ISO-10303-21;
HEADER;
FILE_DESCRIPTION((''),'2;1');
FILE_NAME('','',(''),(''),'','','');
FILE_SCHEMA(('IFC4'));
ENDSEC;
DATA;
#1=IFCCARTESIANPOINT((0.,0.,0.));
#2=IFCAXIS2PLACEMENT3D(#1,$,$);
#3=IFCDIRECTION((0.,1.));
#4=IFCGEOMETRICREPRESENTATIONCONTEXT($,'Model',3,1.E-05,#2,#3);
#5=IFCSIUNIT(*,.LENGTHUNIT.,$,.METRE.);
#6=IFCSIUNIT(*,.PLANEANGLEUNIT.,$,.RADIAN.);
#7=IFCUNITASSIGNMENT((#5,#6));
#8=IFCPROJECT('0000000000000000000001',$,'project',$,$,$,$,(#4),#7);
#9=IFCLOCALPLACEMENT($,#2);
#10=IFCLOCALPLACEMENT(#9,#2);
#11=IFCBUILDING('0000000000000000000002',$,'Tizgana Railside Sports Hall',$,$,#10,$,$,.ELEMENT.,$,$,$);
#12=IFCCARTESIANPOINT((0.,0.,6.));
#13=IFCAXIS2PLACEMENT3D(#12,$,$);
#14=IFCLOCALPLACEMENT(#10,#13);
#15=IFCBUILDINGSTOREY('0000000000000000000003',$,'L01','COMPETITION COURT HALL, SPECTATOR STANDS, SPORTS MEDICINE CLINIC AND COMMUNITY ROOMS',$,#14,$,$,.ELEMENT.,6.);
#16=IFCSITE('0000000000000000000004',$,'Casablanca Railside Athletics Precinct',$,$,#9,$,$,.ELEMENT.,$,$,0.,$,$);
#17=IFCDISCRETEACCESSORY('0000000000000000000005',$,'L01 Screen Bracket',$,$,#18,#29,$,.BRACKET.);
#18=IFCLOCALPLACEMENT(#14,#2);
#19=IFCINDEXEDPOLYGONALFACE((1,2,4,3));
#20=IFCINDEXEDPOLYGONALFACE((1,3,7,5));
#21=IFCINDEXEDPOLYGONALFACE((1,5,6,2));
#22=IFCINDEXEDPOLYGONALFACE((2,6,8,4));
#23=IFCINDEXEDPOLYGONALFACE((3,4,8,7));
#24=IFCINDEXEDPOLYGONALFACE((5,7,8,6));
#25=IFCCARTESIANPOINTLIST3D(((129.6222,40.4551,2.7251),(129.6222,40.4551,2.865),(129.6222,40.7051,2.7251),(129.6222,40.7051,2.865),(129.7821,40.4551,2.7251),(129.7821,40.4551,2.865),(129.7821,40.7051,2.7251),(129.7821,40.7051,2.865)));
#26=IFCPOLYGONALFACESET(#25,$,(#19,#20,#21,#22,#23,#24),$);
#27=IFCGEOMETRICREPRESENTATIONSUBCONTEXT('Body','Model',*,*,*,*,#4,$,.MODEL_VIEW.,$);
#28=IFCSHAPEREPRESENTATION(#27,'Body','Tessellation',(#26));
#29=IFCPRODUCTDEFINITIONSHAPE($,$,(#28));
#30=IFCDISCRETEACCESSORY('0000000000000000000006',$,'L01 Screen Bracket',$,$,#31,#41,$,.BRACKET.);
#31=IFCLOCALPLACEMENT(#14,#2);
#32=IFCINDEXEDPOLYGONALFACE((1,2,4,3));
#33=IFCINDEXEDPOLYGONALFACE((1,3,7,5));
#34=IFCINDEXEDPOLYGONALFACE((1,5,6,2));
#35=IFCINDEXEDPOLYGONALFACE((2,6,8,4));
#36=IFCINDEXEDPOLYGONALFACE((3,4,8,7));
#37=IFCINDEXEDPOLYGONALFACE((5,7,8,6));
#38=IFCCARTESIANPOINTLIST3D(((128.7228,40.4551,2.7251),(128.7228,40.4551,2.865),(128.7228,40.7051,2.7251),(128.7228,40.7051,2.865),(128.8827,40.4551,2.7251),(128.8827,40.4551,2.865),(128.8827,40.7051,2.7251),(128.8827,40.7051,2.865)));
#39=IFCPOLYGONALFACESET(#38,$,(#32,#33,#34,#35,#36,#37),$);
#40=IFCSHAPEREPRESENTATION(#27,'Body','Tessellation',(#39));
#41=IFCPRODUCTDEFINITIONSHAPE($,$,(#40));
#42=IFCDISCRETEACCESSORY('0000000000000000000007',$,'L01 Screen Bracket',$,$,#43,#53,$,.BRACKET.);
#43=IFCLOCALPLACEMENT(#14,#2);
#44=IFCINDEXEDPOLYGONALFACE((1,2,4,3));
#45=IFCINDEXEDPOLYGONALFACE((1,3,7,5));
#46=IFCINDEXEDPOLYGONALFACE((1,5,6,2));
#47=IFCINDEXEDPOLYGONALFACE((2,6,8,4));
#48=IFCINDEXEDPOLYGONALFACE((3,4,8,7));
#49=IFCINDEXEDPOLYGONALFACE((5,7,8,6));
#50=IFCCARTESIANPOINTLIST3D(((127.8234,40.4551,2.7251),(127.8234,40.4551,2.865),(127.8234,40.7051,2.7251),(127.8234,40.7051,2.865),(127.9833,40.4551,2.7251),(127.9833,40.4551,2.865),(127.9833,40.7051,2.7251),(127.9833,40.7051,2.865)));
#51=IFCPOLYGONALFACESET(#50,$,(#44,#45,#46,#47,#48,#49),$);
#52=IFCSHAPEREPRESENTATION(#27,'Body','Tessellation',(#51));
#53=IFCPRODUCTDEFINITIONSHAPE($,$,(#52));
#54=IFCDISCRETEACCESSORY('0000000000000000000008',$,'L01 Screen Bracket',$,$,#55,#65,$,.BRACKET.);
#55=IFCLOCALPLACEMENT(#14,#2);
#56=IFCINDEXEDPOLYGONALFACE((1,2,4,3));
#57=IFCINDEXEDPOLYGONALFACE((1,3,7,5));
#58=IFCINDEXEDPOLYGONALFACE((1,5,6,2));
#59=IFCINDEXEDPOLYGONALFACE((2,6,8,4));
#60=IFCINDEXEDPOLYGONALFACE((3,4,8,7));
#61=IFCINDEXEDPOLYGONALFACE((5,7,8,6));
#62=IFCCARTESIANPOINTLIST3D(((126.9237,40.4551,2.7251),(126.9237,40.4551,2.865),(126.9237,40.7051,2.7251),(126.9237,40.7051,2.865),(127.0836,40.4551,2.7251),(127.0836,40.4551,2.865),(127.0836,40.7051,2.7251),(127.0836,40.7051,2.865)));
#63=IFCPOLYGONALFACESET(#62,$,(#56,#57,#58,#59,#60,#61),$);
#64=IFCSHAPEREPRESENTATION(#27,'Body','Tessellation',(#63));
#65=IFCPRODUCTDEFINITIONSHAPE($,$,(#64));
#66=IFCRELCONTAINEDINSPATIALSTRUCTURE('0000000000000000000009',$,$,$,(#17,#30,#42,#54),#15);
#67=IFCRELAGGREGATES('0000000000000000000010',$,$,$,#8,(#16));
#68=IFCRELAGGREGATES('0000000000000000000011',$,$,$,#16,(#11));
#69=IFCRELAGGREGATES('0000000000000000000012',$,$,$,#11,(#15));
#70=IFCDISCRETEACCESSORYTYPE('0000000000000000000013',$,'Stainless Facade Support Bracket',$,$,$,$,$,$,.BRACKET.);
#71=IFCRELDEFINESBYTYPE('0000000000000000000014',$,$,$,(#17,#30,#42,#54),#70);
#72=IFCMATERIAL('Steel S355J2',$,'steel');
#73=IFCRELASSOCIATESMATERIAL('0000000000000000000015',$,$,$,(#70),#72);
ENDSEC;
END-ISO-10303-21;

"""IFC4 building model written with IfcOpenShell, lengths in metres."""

from ifc_helpers import new_model, si_unit, direction, frame, origin, origin_2d, place, context, subcontext, project, spatial, rectangle, extrude, material, type_object, element, save


model = new_model("IFC4")

# Units and contexts
model_context = context("Model", 3, precision=1e-05, world=origin(), true_north=direction((0.0, 1.0)))
body_context = subcontext(model_context, "Body", "Model", "MODEL_VIEW")
ifc_project = project(units=[si_unit("LENGTHUNIT", "METRE"), si_unit("PLANEANGLEUNIT", "RADIAN")], contexts=[model_context])

# Site, building, storey
site_placement = place(None, origin())
site = spatial("IfcSite", under=ifc_project, at=site_placement, Name="Casablanca Railside Athletics Precinct", CompositionType="ELEMENT", RefElevation=0.0)
building_placement = place(site_placement, origin())
building = spatial("IfcBuilding", under=site, at=building_placement, Name="Tizgana Railside Sports Hall", CompositionType="ELEMENT")
storey_placement = place(building_placement, frame((0.0, 0.0, 6.0)))
storey = spatial("IfcBuildingStorey", under=building, at=storey_placement, Name="L01", Description="COMPETITION COURT HALL, SPECTATOR STANDS, SPORTS MEDICINE CLINIC AND COMMUNITY ROOMS", CompositionType="ELEMENT", Elevation=6.0)

# Shared definitions
ifc_material_1 = material(Name="Steel S355J2", Category="steel")

# Discrete accessories
discrete_accessory_type = type_object("IfcDiscreteAccessoryType", Name="Stainless Facade Support Bracket", PredefinedType="BRACKET", material=ifc_material_1)
for number, where, z_axis, x_axis, name in (
    (1, (129.7021, 40.5801, 2.7251), (0.0, 0.0, 1.0), (-1.0, 0.0, 0.0), "L01 Screen Bracket"),
    (2, (128.8027, 40.5801, 2.7251), (0.0, 0.0, 1.0), (-1.0, 0.0, 0.0), "L01 Screen Bracket"),
    (3, (127.9033, 40.5801, 2.7251), (0.0, 0.0, 1.0), (-1.0, 0.0, 0.0), "L01 Screen Bracket"),
    (4, (127.0037, 40.5801, 2.7251), (0.0, 0.0, 1.0), (-1.0, 0.0, 0.0), "L01 Screen Bracket"),
):
    element("IfcDiscreteAccessory", number, at=place(storey_placement, frame(where, z_axis=z_axis, x_axis=x_axis)), inside=storey, type_object=discrete_accessory_type, Name=name, PredefinedType="BRACKET", context=body_context, shape_type="SweptSolid", body=[
        extrude(rectangle(XDim=0.1599, YDim=0.25, at=origin_2d()), origin(), (0.0, 0.0, 1.0), 0.1399),
    ])

save(model, "model.ifc")
